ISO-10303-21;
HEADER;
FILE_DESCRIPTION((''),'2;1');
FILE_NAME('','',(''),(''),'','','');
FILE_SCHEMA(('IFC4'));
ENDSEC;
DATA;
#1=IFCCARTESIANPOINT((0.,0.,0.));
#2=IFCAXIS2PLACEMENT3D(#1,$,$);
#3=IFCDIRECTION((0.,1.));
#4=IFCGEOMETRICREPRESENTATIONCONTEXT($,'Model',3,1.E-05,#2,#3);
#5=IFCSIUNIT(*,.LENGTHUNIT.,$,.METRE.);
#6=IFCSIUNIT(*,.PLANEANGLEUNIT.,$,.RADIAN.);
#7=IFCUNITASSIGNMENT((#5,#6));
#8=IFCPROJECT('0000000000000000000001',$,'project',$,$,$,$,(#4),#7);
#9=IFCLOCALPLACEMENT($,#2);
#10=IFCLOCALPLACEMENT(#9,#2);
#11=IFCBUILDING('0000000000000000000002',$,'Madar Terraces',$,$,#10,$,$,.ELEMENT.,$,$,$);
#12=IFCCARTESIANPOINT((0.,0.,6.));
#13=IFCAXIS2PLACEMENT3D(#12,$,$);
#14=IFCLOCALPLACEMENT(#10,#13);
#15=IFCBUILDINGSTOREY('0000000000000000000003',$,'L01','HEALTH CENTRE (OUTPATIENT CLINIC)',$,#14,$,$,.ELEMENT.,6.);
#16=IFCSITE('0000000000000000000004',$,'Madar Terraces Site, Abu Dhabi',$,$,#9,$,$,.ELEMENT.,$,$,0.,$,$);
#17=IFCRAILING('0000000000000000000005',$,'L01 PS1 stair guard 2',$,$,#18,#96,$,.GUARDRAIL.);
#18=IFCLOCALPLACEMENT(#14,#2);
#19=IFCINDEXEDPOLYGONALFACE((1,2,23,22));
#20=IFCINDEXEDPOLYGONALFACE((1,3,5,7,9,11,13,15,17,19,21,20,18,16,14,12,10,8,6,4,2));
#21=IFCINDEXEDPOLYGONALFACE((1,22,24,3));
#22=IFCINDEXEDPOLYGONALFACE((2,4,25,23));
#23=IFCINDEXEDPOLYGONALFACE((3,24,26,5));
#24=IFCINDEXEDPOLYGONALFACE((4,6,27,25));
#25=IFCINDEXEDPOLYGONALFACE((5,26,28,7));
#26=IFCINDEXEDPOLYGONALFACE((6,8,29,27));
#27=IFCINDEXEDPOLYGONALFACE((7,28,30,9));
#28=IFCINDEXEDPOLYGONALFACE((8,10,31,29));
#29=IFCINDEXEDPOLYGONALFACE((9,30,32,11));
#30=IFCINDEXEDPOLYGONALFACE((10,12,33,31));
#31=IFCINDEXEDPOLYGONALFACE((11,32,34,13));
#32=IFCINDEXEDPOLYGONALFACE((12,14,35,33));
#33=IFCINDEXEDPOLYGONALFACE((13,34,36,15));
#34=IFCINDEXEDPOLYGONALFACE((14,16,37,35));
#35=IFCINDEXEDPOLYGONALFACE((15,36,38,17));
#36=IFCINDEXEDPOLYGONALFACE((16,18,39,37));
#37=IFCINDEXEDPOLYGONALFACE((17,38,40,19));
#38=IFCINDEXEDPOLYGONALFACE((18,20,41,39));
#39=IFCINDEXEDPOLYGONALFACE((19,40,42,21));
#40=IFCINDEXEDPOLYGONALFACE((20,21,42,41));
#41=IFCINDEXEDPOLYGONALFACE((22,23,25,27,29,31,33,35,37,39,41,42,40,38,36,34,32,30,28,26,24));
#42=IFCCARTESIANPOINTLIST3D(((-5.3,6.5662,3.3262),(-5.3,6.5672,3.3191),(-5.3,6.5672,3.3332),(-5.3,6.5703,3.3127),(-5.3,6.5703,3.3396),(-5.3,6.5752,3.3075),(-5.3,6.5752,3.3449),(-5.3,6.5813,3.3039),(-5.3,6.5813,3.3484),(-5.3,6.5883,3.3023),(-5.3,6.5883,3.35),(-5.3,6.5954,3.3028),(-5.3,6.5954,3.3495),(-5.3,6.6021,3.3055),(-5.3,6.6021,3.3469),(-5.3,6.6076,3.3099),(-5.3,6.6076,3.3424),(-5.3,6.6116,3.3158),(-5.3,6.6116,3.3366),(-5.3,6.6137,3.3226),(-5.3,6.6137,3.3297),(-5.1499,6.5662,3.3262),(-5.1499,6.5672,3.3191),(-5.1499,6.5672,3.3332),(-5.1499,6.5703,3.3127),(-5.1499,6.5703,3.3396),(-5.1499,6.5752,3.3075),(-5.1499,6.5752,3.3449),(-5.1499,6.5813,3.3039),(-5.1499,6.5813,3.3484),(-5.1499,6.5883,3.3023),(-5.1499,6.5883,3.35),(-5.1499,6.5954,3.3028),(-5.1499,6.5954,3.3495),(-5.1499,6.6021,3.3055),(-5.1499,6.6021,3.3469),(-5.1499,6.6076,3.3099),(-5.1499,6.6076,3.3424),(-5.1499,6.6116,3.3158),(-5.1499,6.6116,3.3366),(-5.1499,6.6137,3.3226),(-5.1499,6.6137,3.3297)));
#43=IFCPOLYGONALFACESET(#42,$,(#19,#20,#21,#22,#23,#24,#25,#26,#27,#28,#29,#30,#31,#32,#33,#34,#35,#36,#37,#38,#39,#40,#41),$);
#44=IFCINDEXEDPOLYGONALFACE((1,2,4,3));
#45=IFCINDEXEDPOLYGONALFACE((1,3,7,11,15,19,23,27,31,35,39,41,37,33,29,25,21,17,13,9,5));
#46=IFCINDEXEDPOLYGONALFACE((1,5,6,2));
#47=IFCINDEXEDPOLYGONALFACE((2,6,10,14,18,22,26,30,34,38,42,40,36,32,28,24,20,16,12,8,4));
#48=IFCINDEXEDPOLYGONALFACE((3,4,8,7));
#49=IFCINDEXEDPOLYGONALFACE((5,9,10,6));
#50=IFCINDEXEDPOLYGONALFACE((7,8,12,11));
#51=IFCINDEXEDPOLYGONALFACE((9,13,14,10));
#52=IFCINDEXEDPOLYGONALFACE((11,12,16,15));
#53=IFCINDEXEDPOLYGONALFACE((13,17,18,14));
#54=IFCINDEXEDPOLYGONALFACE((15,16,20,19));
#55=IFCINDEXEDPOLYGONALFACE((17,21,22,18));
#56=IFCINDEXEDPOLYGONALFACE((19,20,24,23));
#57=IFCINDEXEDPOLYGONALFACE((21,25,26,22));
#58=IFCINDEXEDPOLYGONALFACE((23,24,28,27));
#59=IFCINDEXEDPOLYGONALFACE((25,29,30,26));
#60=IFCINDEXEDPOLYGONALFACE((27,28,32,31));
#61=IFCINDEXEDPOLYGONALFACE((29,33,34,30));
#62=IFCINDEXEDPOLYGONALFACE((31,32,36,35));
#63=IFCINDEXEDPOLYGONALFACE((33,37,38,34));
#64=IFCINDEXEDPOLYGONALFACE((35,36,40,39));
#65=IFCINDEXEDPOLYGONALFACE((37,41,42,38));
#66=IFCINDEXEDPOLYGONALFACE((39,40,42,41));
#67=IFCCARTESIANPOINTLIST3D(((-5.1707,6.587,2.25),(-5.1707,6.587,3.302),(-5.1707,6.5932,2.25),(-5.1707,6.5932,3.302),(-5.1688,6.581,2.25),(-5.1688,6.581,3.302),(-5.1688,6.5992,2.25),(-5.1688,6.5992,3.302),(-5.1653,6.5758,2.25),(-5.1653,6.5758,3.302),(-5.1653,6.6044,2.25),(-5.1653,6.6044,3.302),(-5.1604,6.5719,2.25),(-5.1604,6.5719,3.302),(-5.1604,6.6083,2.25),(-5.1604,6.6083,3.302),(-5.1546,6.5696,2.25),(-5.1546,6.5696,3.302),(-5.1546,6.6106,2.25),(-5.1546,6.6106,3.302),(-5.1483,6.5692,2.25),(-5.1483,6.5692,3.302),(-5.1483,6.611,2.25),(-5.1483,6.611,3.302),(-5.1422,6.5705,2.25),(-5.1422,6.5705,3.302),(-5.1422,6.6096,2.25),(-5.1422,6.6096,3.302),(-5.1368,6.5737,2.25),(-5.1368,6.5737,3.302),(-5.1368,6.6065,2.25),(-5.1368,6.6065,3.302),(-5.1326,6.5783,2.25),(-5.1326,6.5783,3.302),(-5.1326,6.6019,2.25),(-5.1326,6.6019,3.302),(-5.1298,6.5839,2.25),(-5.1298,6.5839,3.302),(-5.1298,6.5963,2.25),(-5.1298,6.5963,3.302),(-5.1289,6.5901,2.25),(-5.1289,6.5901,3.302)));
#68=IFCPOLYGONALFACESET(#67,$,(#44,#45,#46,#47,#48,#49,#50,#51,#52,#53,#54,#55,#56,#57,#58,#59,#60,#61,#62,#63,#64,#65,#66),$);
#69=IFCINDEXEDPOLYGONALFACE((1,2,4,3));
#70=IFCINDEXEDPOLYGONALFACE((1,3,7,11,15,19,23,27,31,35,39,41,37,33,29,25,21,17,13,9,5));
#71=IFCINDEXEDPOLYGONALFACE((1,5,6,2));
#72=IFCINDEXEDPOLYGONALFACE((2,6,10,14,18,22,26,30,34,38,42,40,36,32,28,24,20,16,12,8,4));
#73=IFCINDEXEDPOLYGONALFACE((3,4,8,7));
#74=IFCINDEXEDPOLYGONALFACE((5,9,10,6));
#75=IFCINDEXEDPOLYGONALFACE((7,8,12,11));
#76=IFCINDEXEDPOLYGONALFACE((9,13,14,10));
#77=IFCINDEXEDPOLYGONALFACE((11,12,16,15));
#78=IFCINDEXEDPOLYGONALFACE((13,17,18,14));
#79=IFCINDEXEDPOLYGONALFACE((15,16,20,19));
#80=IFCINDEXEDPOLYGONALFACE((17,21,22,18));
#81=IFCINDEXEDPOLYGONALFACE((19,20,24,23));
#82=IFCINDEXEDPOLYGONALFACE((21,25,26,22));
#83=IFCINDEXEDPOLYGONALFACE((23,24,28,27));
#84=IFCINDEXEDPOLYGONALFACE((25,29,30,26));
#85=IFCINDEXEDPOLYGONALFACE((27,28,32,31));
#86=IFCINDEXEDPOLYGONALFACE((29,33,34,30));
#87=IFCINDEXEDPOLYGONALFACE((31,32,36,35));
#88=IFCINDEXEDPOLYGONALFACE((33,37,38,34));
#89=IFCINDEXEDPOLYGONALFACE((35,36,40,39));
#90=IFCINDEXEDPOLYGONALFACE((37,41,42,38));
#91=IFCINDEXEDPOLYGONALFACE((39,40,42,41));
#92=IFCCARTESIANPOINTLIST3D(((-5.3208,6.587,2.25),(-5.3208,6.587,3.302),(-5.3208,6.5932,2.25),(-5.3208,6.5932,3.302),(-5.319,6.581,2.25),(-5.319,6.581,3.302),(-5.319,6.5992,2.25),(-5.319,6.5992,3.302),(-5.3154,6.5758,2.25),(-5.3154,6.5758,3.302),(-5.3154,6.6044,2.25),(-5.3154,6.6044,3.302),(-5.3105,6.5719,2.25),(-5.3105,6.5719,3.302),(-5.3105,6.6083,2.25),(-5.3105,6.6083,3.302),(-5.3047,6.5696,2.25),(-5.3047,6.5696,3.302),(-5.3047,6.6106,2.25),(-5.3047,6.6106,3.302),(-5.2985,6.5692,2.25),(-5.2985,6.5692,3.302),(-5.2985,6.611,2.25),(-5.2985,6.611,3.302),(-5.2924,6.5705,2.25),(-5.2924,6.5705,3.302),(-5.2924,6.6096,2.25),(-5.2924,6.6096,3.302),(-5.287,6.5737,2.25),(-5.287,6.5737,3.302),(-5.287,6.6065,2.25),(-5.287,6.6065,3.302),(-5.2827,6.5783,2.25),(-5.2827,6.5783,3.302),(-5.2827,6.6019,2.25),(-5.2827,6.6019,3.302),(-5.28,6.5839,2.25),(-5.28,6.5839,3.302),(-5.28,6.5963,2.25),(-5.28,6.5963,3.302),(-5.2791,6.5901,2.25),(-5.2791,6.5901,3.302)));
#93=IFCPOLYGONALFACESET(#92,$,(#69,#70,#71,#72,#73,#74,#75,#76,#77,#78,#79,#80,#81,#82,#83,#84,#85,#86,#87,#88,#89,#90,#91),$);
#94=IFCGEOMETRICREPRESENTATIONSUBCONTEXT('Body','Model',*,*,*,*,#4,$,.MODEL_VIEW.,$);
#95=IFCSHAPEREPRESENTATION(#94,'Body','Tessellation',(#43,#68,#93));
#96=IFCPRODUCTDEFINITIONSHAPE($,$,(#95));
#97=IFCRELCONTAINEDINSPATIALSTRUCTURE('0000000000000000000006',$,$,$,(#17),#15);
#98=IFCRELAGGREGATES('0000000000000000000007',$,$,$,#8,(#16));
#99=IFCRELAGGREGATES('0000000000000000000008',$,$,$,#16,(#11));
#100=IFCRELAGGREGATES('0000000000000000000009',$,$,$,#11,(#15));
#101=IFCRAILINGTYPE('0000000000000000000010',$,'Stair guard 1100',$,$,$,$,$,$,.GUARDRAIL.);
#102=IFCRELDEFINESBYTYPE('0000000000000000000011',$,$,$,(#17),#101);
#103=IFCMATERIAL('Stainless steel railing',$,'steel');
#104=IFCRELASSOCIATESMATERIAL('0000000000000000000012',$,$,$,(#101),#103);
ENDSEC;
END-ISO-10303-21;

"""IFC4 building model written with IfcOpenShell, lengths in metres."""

from ifc_helpers import new_model, si_unit, direction, frame, origin, origin_2d, place, context, subcontext, project, spatial, circle, extrude, material, type_object, element, save


model = new_model("IFC4")

# Units and contexts
model_context = context("Model", 3, precision=1e-05, world=origin(), true_north=direction((0.0, 1.0)))
body_context = subcontext(model_context, "Body", "Model", "MODEL_VIEW")
ifc_project = project(units=[si_unit("LENGTHUNIT", "METRE"), si_unit("PLANEANGLEUNIT", "RADIAN")], contexts=[model_context])

# Site, building, storey
site_placement = place(None, origin())
site = spatial("IfcSite", under=ifc_project, at=site_placement, Name="Madar Terraces Site, Abu Dhabi", CompositionType="ELEMENT", RefElevation=0.0)
building_placement = place(site_placement, origin())
building = spatial("IfcBuilding", under=site, at=building_placement, Name="Madar Terraces", CompositionType="ELEMENT")
storey_placement = place(building_placement, frame((0.0, 0.0, 6.0)))
storey = spatial("IfcBuildingStorey", under=building, at=storey_placement, Name="L01", Description="HEALTH CENTRE (OUTPATIENT CLINIC)", CompositionType="ELEMENT", Elevation=6.0)

# Railing
ifc_material_1 = material(Name="Stainless steel railing", Category="steel")
railing_type_1 = type_object("IfcRailingType", Name="Stair guard 1100", PredefinedType="GUARDRAIL", material=ifc_material_1)
railing_1_placement = place(storey_placement, frame((-5.1499, 6.5901, 2.25)))
element("IfcRailing", 1, at=railing_1_placement, inside=storey, type_object=railing_type_1, Name="L01 PS1 stair guard 2", PredefinedType="GUARDRAIL", context=body_context, shape_type="SweptSolid", body=[
    extrude(circle(Radius=0.0239, at=origin_2d()), frame((0.0, 0.0, 1.0762), z_axis=(-1.0, 0.0, 0.0), x_axis=(0.0, -1.0, 0.0)), (0.0, 0.0, 1.0), 0.1501),
    extrude(circle(Radius=0.021, at=origin_2d()), origin(), (0.0, 0.0, 1.0), 1.052),
    extrude(circle(Radius=0.021, at=origin_2d()), frame((-0.1501, 0.0, 0.0)), (0.0, 0.0, 1.0), 1.052),
])

save(model, "model.ifc")
